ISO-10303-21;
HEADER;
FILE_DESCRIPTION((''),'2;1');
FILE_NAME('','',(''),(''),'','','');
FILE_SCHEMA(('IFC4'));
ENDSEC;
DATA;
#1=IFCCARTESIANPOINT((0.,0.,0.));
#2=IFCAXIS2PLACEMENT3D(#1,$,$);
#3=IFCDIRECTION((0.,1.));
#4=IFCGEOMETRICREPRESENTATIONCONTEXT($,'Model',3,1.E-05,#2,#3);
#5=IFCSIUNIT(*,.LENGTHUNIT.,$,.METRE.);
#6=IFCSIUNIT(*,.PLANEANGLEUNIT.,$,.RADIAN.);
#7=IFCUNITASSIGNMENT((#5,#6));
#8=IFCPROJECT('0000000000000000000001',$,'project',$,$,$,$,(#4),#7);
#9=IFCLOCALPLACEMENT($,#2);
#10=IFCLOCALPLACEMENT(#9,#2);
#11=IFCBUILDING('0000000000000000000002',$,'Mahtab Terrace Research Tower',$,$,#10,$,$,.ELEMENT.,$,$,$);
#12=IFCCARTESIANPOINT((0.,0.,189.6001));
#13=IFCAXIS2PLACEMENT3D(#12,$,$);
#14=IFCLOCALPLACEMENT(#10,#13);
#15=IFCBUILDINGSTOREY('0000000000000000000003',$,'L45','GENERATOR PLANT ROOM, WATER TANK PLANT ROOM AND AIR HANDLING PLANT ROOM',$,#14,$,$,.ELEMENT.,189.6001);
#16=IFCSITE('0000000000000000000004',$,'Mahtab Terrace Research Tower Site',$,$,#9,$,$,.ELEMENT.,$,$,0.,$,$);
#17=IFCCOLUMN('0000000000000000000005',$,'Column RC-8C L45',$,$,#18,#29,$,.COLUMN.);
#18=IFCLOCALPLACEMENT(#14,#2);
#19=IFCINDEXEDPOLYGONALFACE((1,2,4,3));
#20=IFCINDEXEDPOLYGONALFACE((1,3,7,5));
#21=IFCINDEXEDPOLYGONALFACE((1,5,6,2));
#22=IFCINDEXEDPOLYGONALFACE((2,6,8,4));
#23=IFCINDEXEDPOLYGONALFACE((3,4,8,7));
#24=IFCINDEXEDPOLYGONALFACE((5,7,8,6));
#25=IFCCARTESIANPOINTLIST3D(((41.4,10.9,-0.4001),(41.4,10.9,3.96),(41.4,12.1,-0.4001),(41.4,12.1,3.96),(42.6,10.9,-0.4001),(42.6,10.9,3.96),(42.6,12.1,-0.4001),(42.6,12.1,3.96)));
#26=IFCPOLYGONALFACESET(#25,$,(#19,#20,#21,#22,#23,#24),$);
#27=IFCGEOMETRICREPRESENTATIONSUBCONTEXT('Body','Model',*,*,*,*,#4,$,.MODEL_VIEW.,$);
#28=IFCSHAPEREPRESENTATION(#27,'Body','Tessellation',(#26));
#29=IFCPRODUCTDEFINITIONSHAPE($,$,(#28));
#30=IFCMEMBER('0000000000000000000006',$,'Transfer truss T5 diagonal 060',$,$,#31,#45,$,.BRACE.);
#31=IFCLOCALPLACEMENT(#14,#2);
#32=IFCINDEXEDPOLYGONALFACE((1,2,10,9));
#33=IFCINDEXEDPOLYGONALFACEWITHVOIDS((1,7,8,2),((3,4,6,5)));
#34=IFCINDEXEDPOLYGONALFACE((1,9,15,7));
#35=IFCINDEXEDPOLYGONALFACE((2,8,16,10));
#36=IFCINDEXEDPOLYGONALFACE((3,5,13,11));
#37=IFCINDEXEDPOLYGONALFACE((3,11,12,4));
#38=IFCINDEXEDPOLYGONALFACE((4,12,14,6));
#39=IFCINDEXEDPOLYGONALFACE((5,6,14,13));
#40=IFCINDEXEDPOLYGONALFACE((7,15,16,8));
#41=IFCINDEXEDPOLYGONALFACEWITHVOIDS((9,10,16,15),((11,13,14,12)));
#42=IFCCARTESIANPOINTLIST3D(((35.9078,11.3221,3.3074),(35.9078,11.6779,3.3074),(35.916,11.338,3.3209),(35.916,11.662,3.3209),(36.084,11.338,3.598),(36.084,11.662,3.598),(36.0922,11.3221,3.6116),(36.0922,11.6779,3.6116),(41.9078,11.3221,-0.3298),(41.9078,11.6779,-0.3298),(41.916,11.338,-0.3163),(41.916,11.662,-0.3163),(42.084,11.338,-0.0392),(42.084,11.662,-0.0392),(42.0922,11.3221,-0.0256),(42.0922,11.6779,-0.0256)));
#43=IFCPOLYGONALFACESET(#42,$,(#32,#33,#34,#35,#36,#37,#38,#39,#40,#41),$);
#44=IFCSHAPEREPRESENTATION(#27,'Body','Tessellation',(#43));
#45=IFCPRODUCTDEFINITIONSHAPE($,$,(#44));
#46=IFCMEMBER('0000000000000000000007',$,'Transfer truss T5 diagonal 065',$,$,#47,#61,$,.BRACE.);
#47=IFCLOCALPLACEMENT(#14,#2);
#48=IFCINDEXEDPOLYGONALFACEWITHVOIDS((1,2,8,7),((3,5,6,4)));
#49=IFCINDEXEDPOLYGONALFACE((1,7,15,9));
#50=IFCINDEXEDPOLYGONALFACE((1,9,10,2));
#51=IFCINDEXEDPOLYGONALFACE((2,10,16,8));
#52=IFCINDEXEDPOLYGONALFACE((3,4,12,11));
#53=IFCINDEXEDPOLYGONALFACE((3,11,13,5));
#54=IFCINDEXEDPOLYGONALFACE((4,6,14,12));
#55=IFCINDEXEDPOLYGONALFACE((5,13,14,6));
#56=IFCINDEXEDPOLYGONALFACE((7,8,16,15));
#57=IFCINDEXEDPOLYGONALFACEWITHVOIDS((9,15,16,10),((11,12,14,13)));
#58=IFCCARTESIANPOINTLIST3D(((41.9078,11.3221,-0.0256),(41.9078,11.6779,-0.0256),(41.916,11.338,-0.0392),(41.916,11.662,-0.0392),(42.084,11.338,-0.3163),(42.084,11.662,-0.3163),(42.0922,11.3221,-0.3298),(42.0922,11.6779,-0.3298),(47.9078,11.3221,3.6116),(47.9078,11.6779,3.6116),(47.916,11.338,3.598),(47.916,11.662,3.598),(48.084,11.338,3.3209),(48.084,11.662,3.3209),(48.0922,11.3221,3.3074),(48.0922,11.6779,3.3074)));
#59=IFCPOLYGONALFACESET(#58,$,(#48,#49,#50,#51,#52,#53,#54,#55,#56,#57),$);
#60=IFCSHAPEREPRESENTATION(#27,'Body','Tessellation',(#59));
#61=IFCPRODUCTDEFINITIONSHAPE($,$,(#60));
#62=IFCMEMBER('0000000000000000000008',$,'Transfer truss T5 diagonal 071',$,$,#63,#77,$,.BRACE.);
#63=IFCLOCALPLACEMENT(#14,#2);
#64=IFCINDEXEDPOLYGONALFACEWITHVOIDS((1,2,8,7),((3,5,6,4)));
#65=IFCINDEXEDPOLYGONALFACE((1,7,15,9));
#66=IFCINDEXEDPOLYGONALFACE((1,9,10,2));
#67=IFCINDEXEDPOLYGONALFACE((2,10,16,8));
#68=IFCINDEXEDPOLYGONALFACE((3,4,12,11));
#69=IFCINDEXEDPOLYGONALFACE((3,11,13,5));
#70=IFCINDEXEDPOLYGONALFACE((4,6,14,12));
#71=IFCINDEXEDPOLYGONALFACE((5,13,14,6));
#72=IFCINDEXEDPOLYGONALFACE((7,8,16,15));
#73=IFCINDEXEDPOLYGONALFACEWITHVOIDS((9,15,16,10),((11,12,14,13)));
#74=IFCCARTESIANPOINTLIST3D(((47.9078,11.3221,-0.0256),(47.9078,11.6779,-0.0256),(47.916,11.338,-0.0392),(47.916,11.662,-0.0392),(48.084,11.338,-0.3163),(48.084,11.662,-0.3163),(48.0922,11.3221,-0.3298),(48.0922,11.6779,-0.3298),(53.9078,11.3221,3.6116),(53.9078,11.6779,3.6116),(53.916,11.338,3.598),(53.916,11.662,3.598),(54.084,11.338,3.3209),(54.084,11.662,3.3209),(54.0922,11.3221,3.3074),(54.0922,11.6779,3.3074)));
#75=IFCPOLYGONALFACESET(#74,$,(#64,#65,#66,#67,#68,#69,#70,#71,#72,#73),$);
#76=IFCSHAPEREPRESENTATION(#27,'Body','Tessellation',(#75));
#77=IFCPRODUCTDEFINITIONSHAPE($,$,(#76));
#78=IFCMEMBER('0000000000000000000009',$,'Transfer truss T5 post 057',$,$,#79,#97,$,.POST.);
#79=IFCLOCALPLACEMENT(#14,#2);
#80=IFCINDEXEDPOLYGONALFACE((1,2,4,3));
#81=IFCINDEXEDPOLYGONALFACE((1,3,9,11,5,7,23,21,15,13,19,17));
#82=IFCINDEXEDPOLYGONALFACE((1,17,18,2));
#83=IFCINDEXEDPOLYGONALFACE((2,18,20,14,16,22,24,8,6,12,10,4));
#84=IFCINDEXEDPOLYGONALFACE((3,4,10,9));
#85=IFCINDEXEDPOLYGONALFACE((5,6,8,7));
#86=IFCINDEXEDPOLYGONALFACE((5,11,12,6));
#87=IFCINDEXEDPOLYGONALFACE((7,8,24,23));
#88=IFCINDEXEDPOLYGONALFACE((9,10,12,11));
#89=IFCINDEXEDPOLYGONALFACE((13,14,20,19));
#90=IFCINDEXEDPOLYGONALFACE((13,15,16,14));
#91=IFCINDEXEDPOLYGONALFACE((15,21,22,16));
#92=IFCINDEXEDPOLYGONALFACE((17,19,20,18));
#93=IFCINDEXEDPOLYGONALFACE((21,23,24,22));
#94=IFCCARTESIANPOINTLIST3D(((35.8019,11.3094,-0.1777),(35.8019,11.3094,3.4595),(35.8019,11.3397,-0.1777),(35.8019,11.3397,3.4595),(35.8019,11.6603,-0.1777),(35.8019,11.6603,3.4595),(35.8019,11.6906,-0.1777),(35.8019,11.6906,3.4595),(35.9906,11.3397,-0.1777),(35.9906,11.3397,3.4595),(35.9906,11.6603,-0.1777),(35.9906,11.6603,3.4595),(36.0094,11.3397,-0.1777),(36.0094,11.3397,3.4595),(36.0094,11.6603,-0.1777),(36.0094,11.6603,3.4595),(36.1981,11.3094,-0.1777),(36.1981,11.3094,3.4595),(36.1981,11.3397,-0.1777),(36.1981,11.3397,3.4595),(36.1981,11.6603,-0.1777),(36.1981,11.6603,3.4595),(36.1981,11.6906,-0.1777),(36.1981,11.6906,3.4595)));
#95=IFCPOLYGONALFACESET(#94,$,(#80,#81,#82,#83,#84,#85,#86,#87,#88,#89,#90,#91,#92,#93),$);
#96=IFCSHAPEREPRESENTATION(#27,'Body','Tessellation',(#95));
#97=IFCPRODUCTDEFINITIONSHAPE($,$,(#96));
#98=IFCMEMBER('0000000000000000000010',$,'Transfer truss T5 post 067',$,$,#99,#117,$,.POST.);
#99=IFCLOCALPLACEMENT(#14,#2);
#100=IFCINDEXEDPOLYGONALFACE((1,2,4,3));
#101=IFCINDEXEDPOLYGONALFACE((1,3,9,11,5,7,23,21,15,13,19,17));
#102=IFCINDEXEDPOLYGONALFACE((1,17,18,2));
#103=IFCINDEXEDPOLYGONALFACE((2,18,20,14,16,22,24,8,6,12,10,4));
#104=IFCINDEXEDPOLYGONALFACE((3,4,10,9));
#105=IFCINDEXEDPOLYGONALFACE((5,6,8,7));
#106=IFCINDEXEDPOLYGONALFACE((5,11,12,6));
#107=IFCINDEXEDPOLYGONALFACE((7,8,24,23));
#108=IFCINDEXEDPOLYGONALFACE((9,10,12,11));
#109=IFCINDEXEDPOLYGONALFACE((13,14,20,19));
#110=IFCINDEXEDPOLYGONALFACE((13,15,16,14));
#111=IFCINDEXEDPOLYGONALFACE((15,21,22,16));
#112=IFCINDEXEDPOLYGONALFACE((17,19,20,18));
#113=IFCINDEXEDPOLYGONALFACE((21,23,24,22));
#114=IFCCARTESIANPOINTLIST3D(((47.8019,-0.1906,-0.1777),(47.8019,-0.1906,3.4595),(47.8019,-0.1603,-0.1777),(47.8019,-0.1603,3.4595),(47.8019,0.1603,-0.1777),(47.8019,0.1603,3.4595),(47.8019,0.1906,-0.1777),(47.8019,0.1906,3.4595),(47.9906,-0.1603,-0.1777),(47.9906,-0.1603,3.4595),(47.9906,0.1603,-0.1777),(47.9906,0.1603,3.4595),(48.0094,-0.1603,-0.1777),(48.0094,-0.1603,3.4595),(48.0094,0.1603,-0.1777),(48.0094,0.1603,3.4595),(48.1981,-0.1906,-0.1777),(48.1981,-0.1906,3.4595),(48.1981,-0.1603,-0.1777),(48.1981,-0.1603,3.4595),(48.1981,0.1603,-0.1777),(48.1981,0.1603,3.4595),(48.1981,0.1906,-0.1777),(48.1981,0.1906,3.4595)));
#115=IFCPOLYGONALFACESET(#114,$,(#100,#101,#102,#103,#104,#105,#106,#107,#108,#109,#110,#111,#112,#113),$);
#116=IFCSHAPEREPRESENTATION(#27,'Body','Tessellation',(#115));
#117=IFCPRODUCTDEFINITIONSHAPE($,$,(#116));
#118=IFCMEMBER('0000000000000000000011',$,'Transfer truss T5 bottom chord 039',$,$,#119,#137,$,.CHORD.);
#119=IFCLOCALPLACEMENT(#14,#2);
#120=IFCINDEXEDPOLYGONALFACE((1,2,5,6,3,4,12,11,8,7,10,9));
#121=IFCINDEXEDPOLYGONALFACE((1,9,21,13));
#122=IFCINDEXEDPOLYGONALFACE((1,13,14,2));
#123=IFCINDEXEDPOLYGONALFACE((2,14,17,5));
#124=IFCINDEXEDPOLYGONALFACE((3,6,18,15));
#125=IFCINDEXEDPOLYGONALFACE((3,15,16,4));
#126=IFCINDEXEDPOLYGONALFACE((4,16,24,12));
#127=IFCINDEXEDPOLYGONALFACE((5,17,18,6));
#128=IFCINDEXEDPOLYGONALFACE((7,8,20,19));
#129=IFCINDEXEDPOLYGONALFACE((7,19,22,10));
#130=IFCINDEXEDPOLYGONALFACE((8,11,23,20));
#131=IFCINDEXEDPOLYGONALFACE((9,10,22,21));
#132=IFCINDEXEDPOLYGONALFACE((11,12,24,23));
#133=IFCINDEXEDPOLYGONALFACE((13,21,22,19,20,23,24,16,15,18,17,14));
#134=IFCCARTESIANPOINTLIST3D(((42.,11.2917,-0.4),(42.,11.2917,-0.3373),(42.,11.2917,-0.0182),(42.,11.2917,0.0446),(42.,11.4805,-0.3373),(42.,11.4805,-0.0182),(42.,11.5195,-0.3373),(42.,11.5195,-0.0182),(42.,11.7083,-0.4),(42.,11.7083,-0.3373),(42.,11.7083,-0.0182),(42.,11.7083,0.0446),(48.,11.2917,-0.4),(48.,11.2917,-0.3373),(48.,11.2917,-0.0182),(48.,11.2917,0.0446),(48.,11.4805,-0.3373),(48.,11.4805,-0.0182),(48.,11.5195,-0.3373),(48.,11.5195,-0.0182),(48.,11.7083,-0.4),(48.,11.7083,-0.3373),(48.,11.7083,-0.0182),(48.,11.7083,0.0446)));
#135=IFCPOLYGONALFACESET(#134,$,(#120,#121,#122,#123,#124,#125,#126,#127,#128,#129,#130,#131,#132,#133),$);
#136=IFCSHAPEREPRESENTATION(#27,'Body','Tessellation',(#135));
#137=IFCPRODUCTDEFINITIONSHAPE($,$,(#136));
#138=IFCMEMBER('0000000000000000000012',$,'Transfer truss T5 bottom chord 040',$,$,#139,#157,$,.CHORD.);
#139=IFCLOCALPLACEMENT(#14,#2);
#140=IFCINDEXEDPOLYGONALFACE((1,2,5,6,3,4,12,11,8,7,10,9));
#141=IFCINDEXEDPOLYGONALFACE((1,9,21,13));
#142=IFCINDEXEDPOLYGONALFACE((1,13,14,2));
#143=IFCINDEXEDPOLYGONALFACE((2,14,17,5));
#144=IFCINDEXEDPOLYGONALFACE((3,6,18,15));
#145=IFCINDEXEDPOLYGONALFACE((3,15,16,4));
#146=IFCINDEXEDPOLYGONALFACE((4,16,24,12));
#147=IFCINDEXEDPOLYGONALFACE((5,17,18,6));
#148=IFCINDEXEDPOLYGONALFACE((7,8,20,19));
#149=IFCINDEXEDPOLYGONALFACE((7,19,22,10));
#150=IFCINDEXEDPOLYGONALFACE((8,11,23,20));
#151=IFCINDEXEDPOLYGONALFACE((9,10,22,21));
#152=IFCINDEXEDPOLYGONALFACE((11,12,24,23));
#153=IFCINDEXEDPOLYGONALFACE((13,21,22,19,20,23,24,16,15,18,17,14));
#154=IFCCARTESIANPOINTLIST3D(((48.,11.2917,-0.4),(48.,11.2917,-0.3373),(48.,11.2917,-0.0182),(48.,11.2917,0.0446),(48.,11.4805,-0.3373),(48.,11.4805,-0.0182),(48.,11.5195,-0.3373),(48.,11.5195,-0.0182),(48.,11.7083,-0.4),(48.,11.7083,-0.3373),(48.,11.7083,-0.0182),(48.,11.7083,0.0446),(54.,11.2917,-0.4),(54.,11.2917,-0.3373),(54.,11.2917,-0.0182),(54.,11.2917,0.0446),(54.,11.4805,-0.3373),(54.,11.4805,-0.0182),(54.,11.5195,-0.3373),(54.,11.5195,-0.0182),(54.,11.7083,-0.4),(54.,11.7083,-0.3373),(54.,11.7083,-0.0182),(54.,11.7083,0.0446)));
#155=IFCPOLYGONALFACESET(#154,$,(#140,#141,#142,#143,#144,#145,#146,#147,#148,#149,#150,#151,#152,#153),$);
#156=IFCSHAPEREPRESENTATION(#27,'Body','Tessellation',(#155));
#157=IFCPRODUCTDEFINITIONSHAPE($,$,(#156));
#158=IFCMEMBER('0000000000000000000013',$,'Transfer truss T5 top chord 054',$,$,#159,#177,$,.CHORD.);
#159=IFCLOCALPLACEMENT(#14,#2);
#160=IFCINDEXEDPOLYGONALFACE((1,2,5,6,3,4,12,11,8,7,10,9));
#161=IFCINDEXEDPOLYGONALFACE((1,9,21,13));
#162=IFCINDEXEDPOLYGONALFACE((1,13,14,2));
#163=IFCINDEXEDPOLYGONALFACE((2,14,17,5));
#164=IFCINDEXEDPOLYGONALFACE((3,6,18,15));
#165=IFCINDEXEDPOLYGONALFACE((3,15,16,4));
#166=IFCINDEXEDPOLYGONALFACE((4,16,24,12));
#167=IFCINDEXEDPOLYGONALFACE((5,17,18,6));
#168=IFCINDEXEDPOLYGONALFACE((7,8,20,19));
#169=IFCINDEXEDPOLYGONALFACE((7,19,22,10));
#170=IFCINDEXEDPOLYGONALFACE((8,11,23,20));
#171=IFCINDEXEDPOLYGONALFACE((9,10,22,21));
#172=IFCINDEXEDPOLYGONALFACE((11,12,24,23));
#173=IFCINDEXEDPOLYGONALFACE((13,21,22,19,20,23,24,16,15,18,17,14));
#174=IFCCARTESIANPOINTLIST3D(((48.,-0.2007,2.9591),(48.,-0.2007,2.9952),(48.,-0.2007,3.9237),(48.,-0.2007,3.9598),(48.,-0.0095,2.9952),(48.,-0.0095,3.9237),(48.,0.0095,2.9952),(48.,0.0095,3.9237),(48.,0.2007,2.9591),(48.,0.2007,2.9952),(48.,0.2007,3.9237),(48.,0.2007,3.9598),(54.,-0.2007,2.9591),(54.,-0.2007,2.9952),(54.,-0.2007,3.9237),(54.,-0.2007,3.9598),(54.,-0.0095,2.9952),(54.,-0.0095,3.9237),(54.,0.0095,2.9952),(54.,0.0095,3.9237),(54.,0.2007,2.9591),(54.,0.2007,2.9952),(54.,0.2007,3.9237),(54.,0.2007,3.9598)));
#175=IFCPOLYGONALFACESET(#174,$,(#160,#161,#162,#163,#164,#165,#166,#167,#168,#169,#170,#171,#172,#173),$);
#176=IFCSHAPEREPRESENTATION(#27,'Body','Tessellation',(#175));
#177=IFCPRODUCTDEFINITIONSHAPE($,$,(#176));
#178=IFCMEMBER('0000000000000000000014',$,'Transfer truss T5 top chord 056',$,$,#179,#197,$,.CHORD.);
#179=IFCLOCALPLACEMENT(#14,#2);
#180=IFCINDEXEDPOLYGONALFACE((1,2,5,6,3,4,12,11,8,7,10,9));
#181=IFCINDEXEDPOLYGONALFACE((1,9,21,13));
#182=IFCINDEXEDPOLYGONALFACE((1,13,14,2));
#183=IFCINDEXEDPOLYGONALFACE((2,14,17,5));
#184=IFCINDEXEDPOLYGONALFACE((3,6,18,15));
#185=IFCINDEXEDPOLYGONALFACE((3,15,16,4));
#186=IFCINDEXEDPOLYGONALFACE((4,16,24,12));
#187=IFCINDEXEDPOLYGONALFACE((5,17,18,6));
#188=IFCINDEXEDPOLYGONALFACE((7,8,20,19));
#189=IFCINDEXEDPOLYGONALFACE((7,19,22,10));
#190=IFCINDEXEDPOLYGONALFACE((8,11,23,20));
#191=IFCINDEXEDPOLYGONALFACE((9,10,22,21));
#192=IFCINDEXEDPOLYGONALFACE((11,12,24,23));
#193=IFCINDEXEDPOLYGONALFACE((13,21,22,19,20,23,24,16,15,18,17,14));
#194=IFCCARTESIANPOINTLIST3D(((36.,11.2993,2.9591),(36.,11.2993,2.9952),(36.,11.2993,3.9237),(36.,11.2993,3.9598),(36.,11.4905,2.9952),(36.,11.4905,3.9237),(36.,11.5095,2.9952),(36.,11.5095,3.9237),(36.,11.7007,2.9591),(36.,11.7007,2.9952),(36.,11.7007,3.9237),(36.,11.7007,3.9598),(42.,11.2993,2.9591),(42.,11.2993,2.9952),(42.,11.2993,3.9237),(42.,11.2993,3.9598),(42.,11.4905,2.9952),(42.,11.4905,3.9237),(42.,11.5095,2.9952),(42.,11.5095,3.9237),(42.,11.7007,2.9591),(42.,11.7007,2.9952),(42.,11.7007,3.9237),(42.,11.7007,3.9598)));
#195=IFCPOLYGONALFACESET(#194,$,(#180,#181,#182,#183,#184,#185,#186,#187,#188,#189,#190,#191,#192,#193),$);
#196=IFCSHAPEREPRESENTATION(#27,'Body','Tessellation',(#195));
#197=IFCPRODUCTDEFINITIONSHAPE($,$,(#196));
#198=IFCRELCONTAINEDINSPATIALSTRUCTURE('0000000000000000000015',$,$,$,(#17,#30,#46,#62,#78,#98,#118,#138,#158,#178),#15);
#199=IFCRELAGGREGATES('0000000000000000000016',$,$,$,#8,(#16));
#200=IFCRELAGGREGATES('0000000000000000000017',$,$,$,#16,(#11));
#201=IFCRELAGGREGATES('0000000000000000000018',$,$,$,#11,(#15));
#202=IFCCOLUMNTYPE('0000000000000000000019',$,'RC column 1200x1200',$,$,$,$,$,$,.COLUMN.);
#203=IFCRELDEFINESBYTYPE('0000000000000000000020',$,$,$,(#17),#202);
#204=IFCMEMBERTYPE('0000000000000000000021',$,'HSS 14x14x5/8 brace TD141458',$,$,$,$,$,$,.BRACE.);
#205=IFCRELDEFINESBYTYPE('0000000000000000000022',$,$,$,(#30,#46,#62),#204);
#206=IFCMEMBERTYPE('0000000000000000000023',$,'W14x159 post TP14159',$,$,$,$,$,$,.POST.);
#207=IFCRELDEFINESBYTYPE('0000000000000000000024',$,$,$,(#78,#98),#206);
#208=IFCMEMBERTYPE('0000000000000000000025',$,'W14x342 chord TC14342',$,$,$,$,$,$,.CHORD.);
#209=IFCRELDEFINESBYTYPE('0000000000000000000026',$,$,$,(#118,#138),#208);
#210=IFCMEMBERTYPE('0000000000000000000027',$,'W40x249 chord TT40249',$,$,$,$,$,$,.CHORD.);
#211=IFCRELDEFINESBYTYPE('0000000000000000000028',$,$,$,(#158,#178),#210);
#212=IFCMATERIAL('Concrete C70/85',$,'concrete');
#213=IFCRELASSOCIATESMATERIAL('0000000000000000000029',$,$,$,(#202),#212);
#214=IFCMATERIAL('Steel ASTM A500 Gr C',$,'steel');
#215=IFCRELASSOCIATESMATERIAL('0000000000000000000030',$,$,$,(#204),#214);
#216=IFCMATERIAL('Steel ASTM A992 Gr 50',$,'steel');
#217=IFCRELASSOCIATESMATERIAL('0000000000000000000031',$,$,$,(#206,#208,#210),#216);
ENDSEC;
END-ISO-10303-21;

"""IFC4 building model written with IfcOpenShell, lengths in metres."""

from ifc_helpers import new_model, si_unit, direction, frame, origin, origin_2d, place, context, subcontext, project, spatial, rectangle, hollow_rectangle, i_section, extrude, material, material_profile, profile_set, type_object, element, save


model = new_model("IFC4")

# Units and contexts
model_context = context("Model", 3, precision=1e-05, world=origin(), true_north=direction((0.0, 1.0)))
body_context = subcontext(model_context, "Body", "Model", "MODEL_VIEW")
ifc_project = project(units=[si_unit("LENGTHUNIT", "METRE"), si_unit("PLANEANGLEUNIT", "RADIAN")], contexts=[model_context])

# Site, building, storey
site_placement = place(None, origin())
site = spatial("IfcSite", under=ifc_project, at=site_placement, Name="Mahtab Terrace Research Tower Site", CompositionType="ELEMENT", RefElevation=0.0)
building_placement = place(site_placement, origin())
building = spatial("IfcBuilding", under=site, at=building_placement, Name="Mahtab Terrace Research Tower", CompositionType="ELEMENT")
storey_placement = place(building_placement, frame((0.0, 0.0, 189.6001)))
storey = spatial("IfcBuildingStorey", under=building, at=storey_placement, Name="L45", Description="GENERATOR PLANT ROOM, WATER TANK PLANT ROOM AND AIR HANDLING PLANT ROOM", CompositionType="ELEMENT", Elevation=189.6001)

# Column
ifc_material_1 = material(Name="Concrete C70/85", Category="concrete")
ifc_material_profile_1 = material_profile(ifc_material_1, rectangle(XDim=1.2, YDim=1.2, at=origin_2d()), Name="RC column 1200x1200")
ifc_profile_set_1 = profile_set([ifc_material_profile_1], Name="Concrete C70/85")
column_type = type_object("IfcColumnType", Name="RC column 1200x1200", PredefinedType="COLUMN", material=ifc_profile_set_1)
column_placement = place(storey_placement, frame((42.0, 11.5, -0.4001), z_axis=(0.0, 0.0, 1.0), x_axis=(1.0, 0.0, 0.0)))
element("IfcColumn", 1, at=column_placement, inside=storey, type_object=column_type, Name="Column RC-8C L45", PredefinedType="COLUMN", context=body_context, shape_type="SweptSolid", body=[
    extrude(rectangle(XDim=1.2, YDim=1.2, at=origin_2d()), origin(), (0.0, 0.0, 1.0), 4.3601),
])

# Members
ifc_material_2 = material(Name="Steel ASTM A500 Gr C", Category="steel")
ifc_material_profile_2 = material_profile(ifc_material_2, hollow_rectangle(XDim=0.3557, YDim=0.3557, WallThickness=0.0159, at=origin_2d()), Name="HSS14X14X5/8")
ifc_profile_set_2 = profile_set([ifc_material_profile_2], Name="Steel ASTM A500 Gr C")
member_type_1 = type_object("IfcMemberType", Name="HSS 14x14x5/8 brace TD141458", PredefinedType="BRACE", material=ifc_profile_set_2)
for number, where, z_axis, x_axis, name in (
    (2, (42.0, 11.5, -0.1777), (-0.855145, 0.0, 0.51839), (0.0, -1.0, 0.0), "Transfer truss T5 diagonal 060"),
    (3, (42.0, 11.5, -0.1777), (0.855145, 0.0, 0.51839), (0.0, 1.0, 0.0), "Transfer truss T5 diagonal 065"),
    (4, (48.0, 11.5, -0.1777), (0.855145, 0.0, 0.51839), (0.0, 1.0, 0.0), "Transfer truss T5 diagonal 071"),
):
    element("IfcMember", number, at=place(storey_placement, frame(where, z_axis=z_axis, x_axis=x_axis)), inside=storey, type_object=member_type_1, Name=name, PredefinedType="BRACE", context=body_context, shape_type="SweptSolid", body=[
        extrude(hollow_rectangle(XDim=0.3557, YDim=0.3557, WallThickness=0.0159, at=origin_2d()), origin(), (0.0, 0.0, 1.0), 7.0164),
    ])
ifc_material_3 = material(Name="Steel ASTM A992 Gr 50", Category="steel")
ifc_material_profile_3 = material_profile(ifc_material_3, i_section(OverallWidth=0.3962, OverallDepth=0.3811, WebThickness=0.0188, FlangeThickness=0.0303, at=origin_2d()), Name="W14X159")
ifc_profile_set_3 = profile_set([ifc_material_profile_3], Name="Steel ASTM A992 Gr 50")
member_type_2 = type_object("IfcMemberType", Name="W14x159 post TP14159", PredefinedType="POST", material=ifc_profile_set_3)
for number, where, z_axis, x_axis, name in (
    (5, (36.0, 11.5, -0.1777), (0.0, 0.0, 1.0), (1.0, 0.0, 0.0), "Transfer truss T5 post 057"),
    (6, (48.0, 0.0, -0.1777), (0.0, 0.0, 1.0), (1.0, 0.0, 0.0), "Transfer truss T5 post 067"),
):
    element("IfcMember", number, at=place(storey_placement, frame(where, z_axis=z_axis, x_axis=x_axis)), inside=storey, type_object=member_type_2, Name=name, PredefinedType="POST", context=body_context, shape_type="SweptSolid", body=[
        extrude(i_section(OverallWidth=0.3962, OverallDepth=0.3811, WebThickness=0.0188, FlangeThickness=0.0303, at=origin_2d()), origin(), (0.0, 0.0, 1.0), 3.6372),
    ])
ifc_material_profile_4 = material_profile(ifc_material_3, i_section(OverallWidth=0.4165, OverallDepth=0.4446, WebThickness=0.0391, FlangeThickness=0.0627, at=origin_2d()), Name="W14X342")
ifc_profile_set_4 = profile_set([ifc_material_profile_4], Name="Steel ASTM A992 Gr 50")
member_type_3 = type_object("IfcMemberType", Name="W14x342 chord TC14342", PredefinedType="CHORD", material=ifc_profile_set_4)
for number, where, z_axis, x_axis, name in (
    (7, (42.0, 11.5, -0.1777), (1.0, 0.0, 0.0), (0.0, 1.0, 0.0), "Transfer truss T5 bottom chord 039"),
    (8, (48.0, 11.5, -0.1777), (1.0, 0.0, 0.0), (0.0, 1.0, 0.0), "Transfer truss T5 bottom chord 040"),
):
    element("IfcMember", number, at=place(storey_placement, frame(where, z_axis=z_axis, x_axis=x_axis)), inside=storey, type_object=member_type_3, Name=name, PredefinedType="CHORD", context=body_context, shape_type="SweptSolid", body=[
        extrude(i_section(OverallWidth=0.4165, OverallDepth=0.4446, WebThickness=0.0391, FlangeThickness=0.0627, at=origin_2d()), origin(), (0.0, 0.0, 1.0), 6.0),
    ])
ifc_material_profile_5 = material_profile(ifc_material_3, i_section(OverallWidth=0.4014, OverallDepth=1.0007, WebThickness=0.019, FlangeThickness=0.0361, at=origin_2d()), Name="W40X249")
ifc_profile_set_5 = profile_set([ifc_material_profile_5], Name="Steel ASTM A992 Gr 50")
member_type_4 = type_object("IfcMemberType", Name="W40x249 chord TT40249", PredefinedType="CHORD", material=ifc_profile_set_5)
for number, where, z_axis, x_axis, name in (
    (9, (48.0, 0.0, 3.4595), (1.0, 0.0, 0.0), (0.0, 1.0, 0.0), "Transfer truss T5 top chord 054"),
    (10, (36.0, 11.5, 3.4595), (1.0, 0.0, 0.0), (0.0, 1.0, 0.0), "Transfer truss T5 top chord 056"),
):
    element("IfcMember", number, at=place(storey_placement, frame(where, z_axis=z_axis, x_axis=x_axis)), inside=storey, type_object=member_type_4, Name=name, PredefinedType="CHORD", context=body_context, shape_type="SweptSolid", body=[
        extrude(i_section(OverallWidth=0.4014, OverallDepth=1.0007, WebThickness=0.019, FlangeThickness=0.0361, at=origin_2d()), origin(), (0.0, 0.0, 1.0), 6.0),
    ])

save(model, "model.ifc")
